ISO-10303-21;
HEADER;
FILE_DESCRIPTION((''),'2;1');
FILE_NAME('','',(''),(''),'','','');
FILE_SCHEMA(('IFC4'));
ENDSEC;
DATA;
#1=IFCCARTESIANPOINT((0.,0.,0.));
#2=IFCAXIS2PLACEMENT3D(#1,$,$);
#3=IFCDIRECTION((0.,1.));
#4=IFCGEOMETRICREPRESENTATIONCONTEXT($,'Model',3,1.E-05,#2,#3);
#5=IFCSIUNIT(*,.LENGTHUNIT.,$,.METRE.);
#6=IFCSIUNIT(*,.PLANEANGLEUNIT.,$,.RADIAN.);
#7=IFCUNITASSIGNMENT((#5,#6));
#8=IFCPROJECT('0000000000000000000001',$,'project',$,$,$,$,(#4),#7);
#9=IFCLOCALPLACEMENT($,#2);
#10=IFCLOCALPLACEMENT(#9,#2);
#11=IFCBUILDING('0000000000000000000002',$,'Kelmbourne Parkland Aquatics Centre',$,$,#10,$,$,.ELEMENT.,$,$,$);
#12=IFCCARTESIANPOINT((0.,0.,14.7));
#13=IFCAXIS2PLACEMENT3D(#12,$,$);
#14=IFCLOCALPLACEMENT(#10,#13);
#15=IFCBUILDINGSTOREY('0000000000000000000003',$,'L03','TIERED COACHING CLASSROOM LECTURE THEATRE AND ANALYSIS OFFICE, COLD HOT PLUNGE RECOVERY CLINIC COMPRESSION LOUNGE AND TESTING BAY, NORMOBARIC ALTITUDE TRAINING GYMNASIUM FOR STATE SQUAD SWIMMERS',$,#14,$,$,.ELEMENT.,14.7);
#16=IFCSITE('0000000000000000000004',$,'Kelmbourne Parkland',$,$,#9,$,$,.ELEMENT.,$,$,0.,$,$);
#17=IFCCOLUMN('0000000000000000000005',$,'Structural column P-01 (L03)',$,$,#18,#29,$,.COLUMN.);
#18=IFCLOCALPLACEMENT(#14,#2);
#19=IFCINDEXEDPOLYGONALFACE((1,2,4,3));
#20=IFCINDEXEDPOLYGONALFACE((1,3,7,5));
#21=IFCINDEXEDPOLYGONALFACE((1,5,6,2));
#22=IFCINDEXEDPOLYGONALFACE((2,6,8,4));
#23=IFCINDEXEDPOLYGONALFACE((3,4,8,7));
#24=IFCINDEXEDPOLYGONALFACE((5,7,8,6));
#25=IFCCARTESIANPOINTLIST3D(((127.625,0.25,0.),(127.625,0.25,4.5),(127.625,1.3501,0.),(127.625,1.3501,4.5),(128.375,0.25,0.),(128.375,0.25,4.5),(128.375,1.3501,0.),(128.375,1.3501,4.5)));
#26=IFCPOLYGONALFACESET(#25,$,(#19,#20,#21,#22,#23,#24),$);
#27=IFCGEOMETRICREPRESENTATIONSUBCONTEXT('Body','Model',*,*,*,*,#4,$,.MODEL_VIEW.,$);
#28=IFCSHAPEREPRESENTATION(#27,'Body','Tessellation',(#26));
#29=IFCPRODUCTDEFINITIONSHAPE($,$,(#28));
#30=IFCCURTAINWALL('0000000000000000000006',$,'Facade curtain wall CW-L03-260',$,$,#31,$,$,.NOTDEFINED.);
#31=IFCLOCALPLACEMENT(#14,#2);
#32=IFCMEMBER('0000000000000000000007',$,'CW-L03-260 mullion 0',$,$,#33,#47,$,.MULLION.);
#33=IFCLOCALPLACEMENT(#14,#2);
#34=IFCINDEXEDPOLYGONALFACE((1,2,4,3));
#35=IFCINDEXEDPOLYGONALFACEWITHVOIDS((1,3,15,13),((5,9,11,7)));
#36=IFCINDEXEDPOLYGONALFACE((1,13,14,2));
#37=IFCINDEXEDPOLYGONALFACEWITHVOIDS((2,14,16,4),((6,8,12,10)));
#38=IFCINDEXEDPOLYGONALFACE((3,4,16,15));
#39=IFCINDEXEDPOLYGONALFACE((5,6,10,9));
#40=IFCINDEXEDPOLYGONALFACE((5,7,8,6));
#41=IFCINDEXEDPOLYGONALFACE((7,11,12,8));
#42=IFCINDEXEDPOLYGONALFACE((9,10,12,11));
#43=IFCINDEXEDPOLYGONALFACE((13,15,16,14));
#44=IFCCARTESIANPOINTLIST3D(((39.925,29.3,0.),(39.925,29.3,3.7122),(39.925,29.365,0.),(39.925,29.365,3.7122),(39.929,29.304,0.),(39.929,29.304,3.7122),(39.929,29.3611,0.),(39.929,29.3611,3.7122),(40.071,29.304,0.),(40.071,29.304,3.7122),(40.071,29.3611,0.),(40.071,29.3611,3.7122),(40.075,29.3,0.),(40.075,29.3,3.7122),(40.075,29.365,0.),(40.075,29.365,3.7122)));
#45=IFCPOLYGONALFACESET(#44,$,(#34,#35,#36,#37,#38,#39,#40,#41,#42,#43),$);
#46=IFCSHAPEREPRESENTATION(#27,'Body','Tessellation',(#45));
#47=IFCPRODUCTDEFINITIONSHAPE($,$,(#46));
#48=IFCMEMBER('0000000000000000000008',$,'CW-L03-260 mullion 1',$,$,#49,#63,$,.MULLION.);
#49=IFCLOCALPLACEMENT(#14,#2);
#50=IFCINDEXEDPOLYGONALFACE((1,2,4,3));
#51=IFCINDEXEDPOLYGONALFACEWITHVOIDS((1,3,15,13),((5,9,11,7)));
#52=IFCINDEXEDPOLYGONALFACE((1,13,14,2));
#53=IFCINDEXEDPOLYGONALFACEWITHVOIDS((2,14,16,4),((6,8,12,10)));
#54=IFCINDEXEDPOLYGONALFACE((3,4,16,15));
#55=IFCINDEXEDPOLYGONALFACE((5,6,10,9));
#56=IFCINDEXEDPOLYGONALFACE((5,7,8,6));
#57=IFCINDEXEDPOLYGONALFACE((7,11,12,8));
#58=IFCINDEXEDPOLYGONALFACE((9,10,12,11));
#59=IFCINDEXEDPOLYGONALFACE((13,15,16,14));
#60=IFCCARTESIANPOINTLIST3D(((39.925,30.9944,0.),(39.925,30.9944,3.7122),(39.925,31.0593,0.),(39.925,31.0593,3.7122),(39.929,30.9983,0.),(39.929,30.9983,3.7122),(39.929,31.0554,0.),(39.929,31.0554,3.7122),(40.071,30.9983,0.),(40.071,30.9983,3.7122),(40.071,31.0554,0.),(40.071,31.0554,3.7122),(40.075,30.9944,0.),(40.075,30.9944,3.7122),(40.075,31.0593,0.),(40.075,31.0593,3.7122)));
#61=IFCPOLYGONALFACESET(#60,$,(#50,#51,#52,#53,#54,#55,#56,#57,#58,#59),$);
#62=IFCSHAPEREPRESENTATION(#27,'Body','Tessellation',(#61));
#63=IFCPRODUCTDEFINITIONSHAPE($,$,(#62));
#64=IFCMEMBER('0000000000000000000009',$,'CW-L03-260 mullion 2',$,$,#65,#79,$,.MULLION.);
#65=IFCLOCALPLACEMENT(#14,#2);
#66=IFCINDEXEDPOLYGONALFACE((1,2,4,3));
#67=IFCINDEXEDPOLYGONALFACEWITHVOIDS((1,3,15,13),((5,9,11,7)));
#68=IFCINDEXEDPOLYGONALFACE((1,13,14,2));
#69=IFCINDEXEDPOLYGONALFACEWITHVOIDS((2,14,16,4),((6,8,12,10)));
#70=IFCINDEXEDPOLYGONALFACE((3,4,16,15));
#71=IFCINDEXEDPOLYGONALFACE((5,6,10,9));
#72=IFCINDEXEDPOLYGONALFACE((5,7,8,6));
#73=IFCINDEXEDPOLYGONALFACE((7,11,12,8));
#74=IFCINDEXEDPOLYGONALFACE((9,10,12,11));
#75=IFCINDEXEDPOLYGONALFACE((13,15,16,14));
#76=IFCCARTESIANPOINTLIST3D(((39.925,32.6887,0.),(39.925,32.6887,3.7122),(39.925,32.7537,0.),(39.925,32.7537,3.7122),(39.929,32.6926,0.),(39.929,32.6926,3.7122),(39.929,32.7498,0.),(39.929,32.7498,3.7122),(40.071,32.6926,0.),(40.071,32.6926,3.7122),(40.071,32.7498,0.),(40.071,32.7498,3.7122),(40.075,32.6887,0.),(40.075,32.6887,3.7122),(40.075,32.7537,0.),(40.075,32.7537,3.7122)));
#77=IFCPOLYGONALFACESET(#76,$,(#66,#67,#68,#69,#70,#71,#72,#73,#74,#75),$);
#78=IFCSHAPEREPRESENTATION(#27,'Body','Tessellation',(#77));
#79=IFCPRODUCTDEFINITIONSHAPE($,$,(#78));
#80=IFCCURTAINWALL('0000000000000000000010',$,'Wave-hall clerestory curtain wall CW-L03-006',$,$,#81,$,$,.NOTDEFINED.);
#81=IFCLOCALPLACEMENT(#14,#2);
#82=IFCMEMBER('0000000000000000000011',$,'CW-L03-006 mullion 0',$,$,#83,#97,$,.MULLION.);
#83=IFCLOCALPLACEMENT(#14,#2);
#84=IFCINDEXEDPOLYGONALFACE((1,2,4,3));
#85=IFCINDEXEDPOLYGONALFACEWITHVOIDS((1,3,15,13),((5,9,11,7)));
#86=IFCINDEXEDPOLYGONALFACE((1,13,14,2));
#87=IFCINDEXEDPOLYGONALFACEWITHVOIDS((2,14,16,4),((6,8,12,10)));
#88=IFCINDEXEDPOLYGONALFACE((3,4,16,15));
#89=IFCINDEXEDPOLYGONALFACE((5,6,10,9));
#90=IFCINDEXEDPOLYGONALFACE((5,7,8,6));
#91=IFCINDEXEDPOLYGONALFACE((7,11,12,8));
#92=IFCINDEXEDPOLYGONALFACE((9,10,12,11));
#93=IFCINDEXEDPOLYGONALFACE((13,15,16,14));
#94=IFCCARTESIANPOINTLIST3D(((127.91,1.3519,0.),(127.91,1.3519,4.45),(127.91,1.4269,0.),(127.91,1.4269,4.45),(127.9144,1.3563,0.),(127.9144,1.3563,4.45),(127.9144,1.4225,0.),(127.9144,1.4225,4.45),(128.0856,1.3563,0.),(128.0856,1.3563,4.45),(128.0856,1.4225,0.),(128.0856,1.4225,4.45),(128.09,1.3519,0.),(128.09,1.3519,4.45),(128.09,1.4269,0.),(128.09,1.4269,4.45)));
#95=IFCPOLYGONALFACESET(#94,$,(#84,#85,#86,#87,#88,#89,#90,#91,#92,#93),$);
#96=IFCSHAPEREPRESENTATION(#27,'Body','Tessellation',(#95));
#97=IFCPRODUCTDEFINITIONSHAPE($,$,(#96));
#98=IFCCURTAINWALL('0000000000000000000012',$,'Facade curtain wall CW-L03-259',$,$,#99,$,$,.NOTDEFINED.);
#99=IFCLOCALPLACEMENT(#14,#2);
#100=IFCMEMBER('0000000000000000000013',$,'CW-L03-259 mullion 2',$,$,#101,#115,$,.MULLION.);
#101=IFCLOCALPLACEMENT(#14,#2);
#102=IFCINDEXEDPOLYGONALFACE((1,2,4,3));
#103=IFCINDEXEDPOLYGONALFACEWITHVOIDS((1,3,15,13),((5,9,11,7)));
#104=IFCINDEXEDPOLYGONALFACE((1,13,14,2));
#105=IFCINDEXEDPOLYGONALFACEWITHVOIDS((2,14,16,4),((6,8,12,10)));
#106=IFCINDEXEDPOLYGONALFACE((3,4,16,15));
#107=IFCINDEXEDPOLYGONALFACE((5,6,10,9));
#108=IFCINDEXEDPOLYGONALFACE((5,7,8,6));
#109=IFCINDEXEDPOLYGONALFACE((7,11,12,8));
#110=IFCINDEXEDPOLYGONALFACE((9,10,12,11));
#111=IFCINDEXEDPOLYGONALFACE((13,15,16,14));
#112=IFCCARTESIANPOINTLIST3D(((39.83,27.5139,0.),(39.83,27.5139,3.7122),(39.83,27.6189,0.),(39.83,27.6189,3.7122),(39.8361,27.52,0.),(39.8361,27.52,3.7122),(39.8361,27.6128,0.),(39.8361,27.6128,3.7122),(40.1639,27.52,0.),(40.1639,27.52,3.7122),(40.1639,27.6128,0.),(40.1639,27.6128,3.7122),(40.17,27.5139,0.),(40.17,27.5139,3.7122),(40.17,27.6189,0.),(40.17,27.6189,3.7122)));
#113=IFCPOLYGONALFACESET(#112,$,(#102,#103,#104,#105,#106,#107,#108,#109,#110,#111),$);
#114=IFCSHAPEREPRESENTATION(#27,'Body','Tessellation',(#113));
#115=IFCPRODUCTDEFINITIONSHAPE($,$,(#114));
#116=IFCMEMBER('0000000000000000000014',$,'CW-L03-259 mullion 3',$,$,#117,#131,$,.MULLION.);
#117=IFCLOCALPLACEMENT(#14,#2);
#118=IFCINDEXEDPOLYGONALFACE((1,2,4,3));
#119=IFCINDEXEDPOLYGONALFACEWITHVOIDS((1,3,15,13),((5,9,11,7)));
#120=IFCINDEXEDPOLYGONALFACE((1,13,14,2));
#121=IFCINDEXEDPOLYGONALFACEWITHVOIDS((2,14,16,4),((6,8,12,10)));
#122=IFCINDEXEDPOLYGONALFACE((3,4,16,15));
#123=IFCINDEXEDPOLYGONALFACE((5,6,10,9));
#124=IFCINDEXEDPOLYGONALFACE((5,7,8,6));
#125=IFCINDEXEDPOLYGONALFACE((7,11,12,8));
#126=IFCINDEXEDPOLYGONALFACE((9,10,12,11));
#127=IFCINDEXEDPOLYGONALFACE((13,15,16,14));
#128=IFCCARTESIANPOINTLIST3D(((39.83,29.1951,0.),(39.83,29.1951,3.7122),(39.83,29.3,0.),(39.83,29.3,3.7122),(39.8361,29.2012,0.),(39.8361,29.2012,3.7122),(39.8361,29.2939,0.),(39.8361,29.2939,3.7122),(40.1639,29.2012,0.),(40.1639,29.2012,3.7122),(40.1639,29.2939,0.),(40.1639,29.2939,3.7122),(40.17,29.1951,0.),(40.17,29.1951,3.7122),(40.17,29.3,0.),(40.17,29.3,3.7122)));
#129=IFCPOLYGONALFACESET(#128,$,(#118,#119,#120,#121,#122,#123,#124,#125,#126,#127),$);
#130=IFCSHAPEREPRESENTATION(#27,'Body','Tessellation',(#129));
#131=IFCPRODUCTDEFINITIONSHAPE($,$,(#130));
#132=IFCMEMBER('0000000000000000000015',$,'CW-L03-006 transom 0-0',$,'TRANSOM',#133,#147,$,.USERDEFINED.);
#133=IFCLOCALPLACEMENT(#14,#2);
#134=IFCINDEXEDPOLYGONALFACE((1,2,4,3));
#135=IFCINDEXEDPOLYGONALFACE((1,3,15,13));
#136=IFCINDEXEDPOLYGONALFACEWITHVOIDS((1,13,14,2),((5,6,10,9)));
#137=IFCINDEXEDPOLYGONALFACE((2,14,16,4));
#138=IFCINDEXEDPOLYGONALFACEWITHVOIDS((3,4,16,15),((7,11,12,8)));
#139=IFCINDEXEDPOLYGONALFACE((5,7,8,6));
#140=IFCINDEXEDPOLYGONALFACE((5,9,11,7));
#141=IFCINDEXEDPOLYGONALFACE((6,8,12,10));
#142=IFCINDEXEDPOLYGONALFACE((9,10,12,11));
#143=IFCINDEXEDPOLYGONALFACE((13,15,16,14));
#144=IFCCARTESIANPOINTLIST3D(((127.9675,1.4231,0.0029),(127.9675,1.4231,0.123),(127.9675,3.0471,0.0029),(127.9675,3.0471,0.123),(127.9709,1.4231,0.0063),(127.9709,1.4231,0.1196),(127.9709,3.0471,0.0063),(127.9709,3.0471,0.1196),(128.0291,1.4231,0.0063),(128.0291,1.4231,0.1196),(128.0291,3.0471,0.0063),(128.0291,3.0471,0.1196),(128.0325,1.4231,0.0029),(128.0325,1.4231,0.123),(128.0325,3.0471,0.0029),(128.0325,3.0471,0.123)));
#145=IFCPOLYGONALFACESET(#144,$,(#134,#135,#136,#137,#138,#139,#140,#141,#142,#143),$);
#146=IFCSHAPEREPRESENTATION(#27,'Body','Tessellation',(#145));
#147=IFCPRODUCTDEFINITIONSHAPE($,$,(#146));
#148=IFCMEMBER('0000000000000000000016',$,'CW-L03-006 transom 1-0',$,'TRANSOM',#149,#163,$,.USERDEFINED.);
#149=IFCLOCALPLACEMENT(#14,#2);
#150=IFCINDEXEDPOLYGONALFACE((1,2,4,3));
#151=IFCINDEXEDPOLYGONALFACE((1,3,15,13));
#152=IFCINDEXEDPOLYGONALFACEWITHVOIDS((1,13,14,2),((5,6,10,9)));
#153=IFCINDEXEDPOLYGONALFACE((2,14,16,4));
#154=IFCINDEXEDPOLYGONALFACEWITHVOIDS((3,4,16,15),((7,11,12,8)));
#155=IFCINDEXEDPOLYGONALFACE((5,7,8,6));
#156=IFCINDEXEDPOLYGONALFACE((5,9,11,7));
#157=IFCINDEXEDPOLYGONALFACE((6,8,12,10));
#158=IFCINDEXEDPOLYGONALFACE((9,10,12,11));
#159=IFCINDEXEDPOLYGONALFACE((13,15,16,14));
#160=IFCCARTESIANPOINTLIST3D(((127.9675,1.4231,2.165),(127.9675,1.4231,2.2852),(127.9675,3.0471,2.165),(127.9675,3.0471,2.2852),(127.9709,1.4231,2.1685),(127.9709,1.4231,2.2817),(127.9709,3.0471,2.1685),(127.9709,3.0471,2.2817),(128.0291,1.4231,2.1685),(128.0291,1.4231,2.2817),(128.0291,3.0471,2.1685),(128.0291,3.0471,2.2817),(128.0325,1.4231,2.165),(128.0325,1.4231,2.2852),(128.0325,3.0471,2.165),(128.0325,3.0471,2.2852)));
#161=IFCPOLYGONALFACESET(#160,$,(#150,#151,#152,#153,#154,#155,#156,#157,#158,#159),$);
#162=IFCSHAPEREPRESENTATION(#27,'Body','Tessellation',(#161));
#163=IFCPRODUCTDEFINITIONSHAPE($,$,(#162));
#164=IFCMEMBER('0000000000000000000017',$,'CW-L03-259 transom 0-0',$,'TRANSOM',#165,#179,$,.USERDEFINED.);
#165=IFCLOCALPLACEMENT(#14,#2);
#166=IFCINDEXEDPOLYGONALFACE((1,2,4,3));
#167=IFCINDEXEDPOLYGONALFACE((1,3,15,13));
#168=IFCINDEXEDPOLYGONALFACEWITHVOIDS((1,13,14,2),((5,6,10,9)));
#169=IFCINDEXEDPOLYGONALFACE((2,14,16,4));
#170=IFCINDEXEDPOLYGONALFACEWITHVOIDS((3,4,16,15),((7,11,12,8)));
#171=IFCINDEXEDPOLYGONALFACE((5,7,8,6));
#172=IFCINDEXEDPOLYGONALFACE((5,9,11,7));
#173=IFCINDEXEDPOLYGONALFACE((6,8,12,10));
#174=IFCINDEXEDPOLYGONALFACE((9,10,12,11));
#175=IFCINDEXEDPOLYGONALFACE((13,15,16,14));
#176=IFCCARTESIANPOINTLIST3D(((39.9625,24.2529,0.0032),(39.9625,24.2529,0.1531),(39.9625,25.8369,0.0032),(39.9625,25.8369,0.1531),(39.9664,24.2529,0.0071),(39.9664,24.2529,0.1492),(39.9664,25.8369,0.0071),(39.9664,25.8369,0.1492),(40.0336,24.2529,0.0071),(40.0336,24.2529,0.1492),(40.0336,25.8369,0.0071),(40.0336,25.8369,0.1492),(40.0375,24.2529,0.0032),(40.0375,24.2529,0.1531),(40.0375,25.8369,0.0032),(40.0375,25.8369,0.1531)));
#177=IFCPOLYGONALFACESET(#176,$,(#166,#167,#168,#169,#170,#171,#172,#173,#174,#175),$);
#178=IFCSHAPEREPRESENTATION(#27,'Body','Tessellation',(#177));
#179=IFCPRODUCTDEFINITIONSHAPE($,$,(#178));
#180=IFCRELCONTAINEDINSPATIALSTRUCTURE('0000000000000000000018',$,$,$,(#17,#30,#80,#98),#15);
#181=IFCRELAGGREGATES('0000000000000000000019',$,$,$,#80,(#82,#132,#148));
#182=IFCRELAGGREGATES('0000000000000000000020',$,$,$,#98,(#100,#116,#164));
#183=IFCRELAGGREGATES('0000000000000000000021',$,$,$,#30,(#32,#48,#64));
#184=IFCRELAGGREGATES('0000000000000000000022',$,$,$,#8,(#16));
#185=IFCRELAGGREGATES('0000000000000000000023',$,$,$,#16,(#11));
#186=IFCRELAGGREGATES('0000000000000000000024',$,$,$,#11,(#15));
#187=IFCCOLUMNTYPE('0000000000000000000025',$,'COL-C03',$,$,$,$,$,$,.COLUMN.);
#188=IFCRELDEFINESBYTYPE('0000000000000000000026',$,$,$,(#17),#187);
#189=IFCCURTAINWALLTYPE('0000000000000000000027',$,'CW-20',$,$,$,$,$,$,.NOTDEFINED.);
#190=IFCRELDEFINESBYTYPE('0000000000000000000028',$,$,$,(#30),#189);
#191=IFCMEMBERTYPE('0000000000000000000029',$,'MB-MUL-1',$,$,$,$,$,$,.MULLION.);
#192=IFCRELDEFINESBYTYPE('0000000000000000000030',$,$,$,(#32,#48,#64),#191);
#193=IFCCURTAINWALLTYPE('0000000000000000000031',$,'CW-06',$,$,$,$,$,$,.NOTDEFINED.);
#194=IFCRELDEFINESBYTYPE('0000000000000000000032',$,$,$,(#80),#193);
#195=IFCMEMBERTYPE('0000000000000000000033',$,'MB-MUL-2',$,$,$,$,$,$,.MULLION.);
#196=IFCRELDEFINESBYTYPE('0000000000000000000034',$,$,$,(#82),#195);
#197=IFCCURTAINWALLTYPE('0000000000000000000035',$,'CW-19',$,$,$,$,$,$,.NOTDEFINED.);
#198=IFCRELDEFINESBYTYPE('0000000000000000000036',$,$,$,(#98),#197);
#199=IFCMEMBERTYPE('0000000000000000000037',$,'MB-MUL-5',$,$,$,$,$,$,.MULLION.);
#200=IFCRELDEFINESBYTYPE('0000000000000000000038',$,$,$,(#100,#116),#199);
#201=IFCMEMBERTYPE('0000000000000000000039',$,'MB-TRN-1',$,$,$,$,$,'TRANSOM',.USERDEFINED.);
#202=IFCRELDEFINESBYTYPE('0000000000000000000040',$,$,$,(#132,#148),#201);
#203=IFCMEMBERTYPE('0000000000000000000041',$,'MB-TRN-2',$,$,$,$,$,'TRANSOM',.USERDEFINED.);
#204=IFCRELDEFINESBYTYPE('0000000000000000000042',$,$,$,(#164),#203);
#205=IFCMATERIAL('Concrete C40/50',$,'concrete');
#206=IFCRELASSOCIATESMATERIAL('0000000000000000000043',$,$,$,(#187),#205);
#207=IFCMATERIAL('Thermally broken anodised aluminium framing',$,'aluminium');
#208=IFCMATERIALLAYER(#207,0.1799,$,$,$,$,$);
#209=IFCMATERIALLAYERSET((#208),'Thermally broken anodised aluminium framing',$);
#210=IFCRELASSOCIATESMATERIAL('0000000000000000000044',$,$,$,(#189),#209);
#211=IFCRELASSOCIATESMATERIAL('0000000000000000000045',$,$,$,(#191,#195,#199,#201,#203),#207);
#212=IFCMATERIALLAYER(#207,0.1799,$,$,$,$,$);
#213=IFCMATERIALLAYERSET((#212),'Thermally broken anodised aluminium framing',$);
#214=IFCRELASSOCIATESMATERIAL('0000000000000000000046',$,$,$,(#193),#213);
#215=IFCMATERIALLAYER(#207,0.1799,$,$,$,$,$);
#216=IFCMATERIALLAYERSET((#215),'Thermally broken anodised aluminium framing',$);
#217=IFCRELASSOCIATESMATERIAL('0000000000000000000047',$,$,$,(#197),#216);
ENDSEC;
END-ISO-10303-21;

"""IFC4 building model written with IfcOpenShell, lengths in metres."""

from ifc_helpers import new_model, si_unit, direction, frame, origin, origin_2d, place, context, subcontext, project, spatial, rectangle, hollow_rectangle, extrude, material, layer, layer_set, material_profile, profile_set, type_object, element, aggregate, save


model = new_model("IFC4")

# Units and contexts
model_context = context("Model", 3, precision=1e-05, world=origin(), true_north=direction((0.0, 1.0)))
body_context = subcontext(model_context, "Body", "Model", "MODEL_VIEW")
ifc_project = project(units=[si_unit("LENGTHUNIT", "METRE"), si_unit("PLANEANGLEUNIT", "RADIAN")], contexts=[model_context])

# Site, building, storey
site_placement = place(None, origin())
site = spatial("IfcSite", under=ifc_project, at=site_placement, Name="Kelmbourne Parkland", CompositionType="ELEMENT", RefElevation=0.0)
building_placement = place(site_placement, origin())
building = spatial("IfcBuilding", under=site, at=building_placement, Name="Kelmbourne Parkland Aquatics Centre", CompositionType="ELEMENT")
storey_placement = place(building_placement, frame((0.0, 0.0, 14.7)))
storey = spatial("IfcBuildingStorey", under=building, at=storey_placement, Name="L03", Description="TIERED COACHING CLASSROOM LECTURE THEATRE AND ANALYSIS OFFICE, COLD HOT PLUNGE RECOVERY CLINIC COMPRESSION LOUNGE AND TESTING BAY, NORMOBARIC ALTITUDE TRAINING GYMNASIUM FOR STATE SQUAD SWIMMERS", CompositionType="ELEMENT", Elevation=14.7)

# Column
ifc_material_1 = material(Name="Concrete C40/50", Category="concrete")
ifc_material_profile_1 = material_profile(ifc_material_1, rectangle(XDim=0.75, YDim=1.1001, at=origin_2d()), Name="RC 750x1100")
ifc_profile_set_1 = profile_set([ifc_material_profile_1], Name="Concrete C40/50")
column_type = type_object("IfcColumnType", Name="COL-C03", PredefinedType="COLUMN", material=ifc_profile_set_1)
column_placement = place(storey_placement, frame((128.0, 0.8, 0.0), z_axis=(0.0, 0.0, 1.0), x_axis=(1.0, 0.0, 0.0)))
element("IfcColumn", 1, at=column_placement, inside=storey, type_object=column_type, Name="Structural column P-01 (L03)", PredefinedType="COLUMN", context=body_context, shape_type="SweptSolid", body=[
    extrude(rectangle(XDim=0.75, YDim=1.1001, at=origin_2d()), origin(), (0.0, 0.0, 1.0), 4.5),
])

# Curtain wall, members
ifc_material_2 = material(Name="Thermally broken anodised aluminium framing", Category="aluminium")
ifc_layer_1 = layer(ifc_material_2, 0.1799)
ifc_layer_set_1 = layer_set([ifc_layer_1], Name="Thermally broken anodised aluminium framing")
curtain_wall_type_1 = type_object("IfcCurtainWallType", Name="CW-20", PredefinedType="NOTDEFINED", material=ifc_layer_set_1)
curtain_wall_1_placement = place(storey_placement, origin())
curtain_wall_1 = element("IfcCurtainWall", 2, at=curtain_wall_1_placement, inside=storey, type_object=curtain_wall_type_1, Name="Facade curtain wall CW-L03-260", PredefinedType="NOTDEFINED")
ifc_material_profile_2 = material_profile(ifc_material_2, hollow_rectangle(XDim=0.0649, YDim=0.1499, WallThickness=0.0039, at=origin_2d()), Name="CW-M 65x150")
ifc_profile_set_2 = profile_set([ifc_material_profile_2], Name="Thermally broken anodised aluminium framing")
member_type_1 = type_object("IfcMemberType", Name="MB-MUL-1", PredefinedType="MULLION", material=ifc_profile_set_2)
member_1_placement = place(storey_placement, frame((40.0, 29.3325, 0.0), z_axis=(0.0, 0.0, 1.0), x_axis=(0.0, 1.0, 0.0)))
member_1 = element("IfcMember", 3, at=member_1_placement, type_object=member_type_1, Name="CW-L03-260 mullion 0", PredefinedType="MULLION", context=body_context, shape_type="SweptSolid", body=[
    extrude(hollow_rectangle(XDim=0.0649, YDim=0.1499, WallThickness=0.0039, at=origin_2d()), origin(), (0.0, 0.0, 1.0), 3.7122),
])
member_2_placement = place(storey_placement, frame((40.0, 31.0269, 0.0), z_axis=(0.0, 0.0, 1.0), x_axis=(0.0, 1.0, 0.0)))
member_2 = element("IfcMember", 4, at=member_2_placement, type_object=member_type_1, Name="CW-L03-260 mullion 1", PredefinedType="MULLION", context=body_context, shape_type="SweptSolid", body=[
    extrude(hollow_rectangle(XDim=0.0649, YDim=0.1499, WallThickness=0.0039, at=origin_2d()), origin(), (0.0, 0.0, 1.0), 3.7122),
])
member_3_placement = place(storey_placement, frame((40.0, 32.7212, 0.0), z_axis=(0.0, 0.0, 1.0), x_axis=(0.0, 1.0, 0.0)))
member_3 = element("IfcMember", 5, at=member_3_placement, type_object=member_type_1, Name="CW-L03-260 mullion 2", PredefinedType="MULLION", context=body_context, shape_type="SweptSolid", body=[
    extrude(hollow_rectangle(XDim=0.0649, YDim=0.1499, WallThickness=0.0039, at=origin_2d()), origin(), (0.0, 0.0, 1.0), 3.7122),
])

# Curtain wall, member
ifc_layer_2 = layer(ifc_material_2, 0.1799)
ifc_layer_set_2 = layer_set([ifc_layer_2], Name="Thermally broken anodised aluminium framing")
curtain_wall_type_2 = type_object("IfcCurtainWallType", Name="CW-06", PredefinedType="NOTDEFINED", material=ifc_layer_set_2)
curtain_wall_2_placement = place(storey_placement, origin())
curtain_wall_2 = element("IfcCurtainWall", 6, at=curtain_wall_2_placement, inside=storey, type_object=curtain_wall_type_2, Name="Wave-hall clerestory curtain wall CW-L03-006", PredefinedType="NOTDEFINED")
ifc_material_profile_3 = material_profile(ifc_material_2, hollow_rectangle(XDim=0.075, YDim=0.1799, WallThickness=0.0044, at=origin_2d()), Name="CW-M 75x180")
ifc_profile_set_3 = profile_set([ifc_material_profile_3], Name="Thermally broken anodised aluminium framing")
member_type_2 = type_object("IfcMemberType", Name="MB-MUL-2", PredefinedType="MULLION", material=ifc_profile_set_3)
member_4_placement = place(storey_placement, frame((128.0, 1.3894, 0.0), z_axis=(0.0, 0.0, 1.0), x_axis=(0.0, 1.0, 0.0)))
member_4 = element("IfcMember", 7, at=member_4_placement, type_object=member_type_2, Name="CW-L03-006 mullion 0", PredefinedType="MULLION", context=body_context, shape_type="SweptSolid", body=[
    extrude(hollow_rectangle(XDim=0.075, YDim=0.1799, WallThickness=0.0044, at=origin_2d()), origin(), (0.0, 0.0, 1.0), 4.45),
])

# Curtain wall, members
ifc_layer_3 = layer(ifc_material_2, 0.1799)
ifc_layer_set_3 = layer_set([ifc_layer_3], Name="Thermally broken anodised aluminium framing")
curtain_wall_type_3 = type_object("IfcCurtainWallType", Name="CW-19", PredefinedType="NOTDEFINED", material=ifc_layer_set_3)
curtain_wall_3_placement = place(storey_placement, origin())
curtain_wall_3 = element("IfcCurtainWall", 8, at=curtain_wall_3_placement, inside=storey, type_object=curtain_wall_type_3, Name="Facade curtain wall CW-L03-259", PredefinedType="NOTDEFINED")
ifc_material_profile_4 = material_profile(ifc_material_2, hollow_rectangle(XDim=0.105, YDim=0.3401, WallThickness=0.0061, at=origin_2d()), Name="CW-M 105x340")
ifc_profile_set_4 = profile_set([ifc_material_profile_4], Name="Thermally broken anodised aluminium framing")
member_type_3 = type_object("IfcMemberType", Name="MB-MUL-5", PredefinedType="MULLION", material=ifc_profile_set_4)
member_5_placement = place(storey_placement, frame((40.0, 27.5664, 0.0), z_axis=(0.0, 0.0, 1.0), x_axis=(0.0, 1.0, 0.0)))
member_5 = element("IfcMember", 9, at=member_5_placement, type_object=member_type_3, Name="CW-L03-259 mullion 2", PredefinedType="MULLION", context=body_context, shape_type="SweptSolid", body=[
    extrude(hollow_rectangle(XDim=0.105, YDim=0.3401, WallThickness=0.0061, at=origin_2d()), origin(), (0.0, 0.0, 1.0), 3.7122),
])
member_6_placement = place(storey_placement, frame((40.0, 29.2476, 0.0), z_axis=(0.0, 0.0, 1.0), x_axis=(0.0, 1.0, 0.0)))
member_6 = element("IfcMember", 10, at=member_6_placement, type_object=member_type_3, Name="CW-L03-259 mullion 3", PredefinedType="MULLION", context=body_context, shape_type="SweptSolid", body=[
    extrude(hollow_rectangle(XDim=0.105, YDim=0.3401, WallThickness=0.0061, at=origin_2d()), origin(), (0.0, 0.0, 1.0), 3.7122),
])

# Members
ifc_material_profile_5 = material_profile(ifc_material_2, hollow_rectangle(XDim=0.0649, YDim=0.1201, WallThickness=0.0034, at=origin_2d()), Name="CW-T 65x120")
ifc_profile_set_5 = profile_set([ifc_material_profile_5], Name="Thermally broken anodised aluminium framing")
member_type_4 = type_object("IfcMemberType", Name="MB-TRN-1", ElementType="TRANSOM", PredefinedType="USERDEFINED", material=ifc_profile_set_5)
member_7_placement = place(storey_placement, frame((128.0, 1.4231, 0.063), z_axis=(0.0, 1.0, 0.0), x_axis=(-1.0, 0.0, 0.0)))
member_7 = element("IfcMember", 11, at=member_7_placement, type_object=member_type_4, Name="CW-L03-006 transom 0-0", ObjectType="TRANSOM", PredefinedType="USERDEFINED", context=body_context, shape_type="SweptSolid", body=[
    extrude(hollow_rectangle(XDim=0.0649, YDim=0.1201, WallThickness=0.0034, at=origin_2d()), origin(), (0.0, 0.0, 1.0), 1.624),
])
member_8_placement = place(storey_placement, frame((128.0, 1.4231, 2.2251), z_axis=(0.0, 1.0, 0.0), x_axis=(-1.0, 0.0, 0.0)))
member_8 = element("IfcMember", 12, at=member_8_placement, type_object=member_type_4, Name="CW-L03-006 transom 1-0", ObjectType="TRANSOM", PredefinedType="USERDEFINED", context=body_context, shape_type="SweptSolid", body=[
    extrude(hollow_rectangle(XDim=0.0649, YDim=0.1201, WallThickness=0.0034, at=origin_2d()), origin(), (0.0, 0.0, 1.0), 1.624),
])
aggregate(curtain_wall_2, [member_4, member_7, member_8])
ifc_material_profile_6 = material_profile(ifc_material_2, hollow_rectangle(XDim=0.075, YDim=0.1499, WallThickness=0.0039, at=origin_2d()), Name="CW-T 75x150")
ifc_profile_set_6 = profile_set([ifc_material_profile_6], Name="Thermally broken anodised aluminium framing")
member_type_5 = type_object("IfcMemberType", Name="MB-TRN-2", ElementType="TRANSOM", PredefinedType="USERDEFINED", material=ifc_profile_set_6)
member_9_placement = place(storey_placement, frame((40.0, 24.2529, 0.0781), z_axis=(0.0, 1.0, 0.0), x_axis=(-1.0, 0.0, 0.0)))
member_9 = element("IfcMember", 13, at=member_9_placement, type_object=member_type_5, Name="CW-L03-259 transom 0-0", ObjectType="TRANSOM", PredefinedType="USERDEFINED", context=body_context, shape_type="SweptSolid", body=[
    extrude(hollow_rectangle(XDim=0.075, YDim=0.1499, WallThickness=0.0039, at=origin_2d()), origin(), (0.0, 0.0, 1.0), 1.584),
])

aggregate(curtain_wall_3, [member_5, member_6, member_9])
aggregate(curtain_wall_1, [member_1, member_2, member_3])

save(model, "model.ifc")
